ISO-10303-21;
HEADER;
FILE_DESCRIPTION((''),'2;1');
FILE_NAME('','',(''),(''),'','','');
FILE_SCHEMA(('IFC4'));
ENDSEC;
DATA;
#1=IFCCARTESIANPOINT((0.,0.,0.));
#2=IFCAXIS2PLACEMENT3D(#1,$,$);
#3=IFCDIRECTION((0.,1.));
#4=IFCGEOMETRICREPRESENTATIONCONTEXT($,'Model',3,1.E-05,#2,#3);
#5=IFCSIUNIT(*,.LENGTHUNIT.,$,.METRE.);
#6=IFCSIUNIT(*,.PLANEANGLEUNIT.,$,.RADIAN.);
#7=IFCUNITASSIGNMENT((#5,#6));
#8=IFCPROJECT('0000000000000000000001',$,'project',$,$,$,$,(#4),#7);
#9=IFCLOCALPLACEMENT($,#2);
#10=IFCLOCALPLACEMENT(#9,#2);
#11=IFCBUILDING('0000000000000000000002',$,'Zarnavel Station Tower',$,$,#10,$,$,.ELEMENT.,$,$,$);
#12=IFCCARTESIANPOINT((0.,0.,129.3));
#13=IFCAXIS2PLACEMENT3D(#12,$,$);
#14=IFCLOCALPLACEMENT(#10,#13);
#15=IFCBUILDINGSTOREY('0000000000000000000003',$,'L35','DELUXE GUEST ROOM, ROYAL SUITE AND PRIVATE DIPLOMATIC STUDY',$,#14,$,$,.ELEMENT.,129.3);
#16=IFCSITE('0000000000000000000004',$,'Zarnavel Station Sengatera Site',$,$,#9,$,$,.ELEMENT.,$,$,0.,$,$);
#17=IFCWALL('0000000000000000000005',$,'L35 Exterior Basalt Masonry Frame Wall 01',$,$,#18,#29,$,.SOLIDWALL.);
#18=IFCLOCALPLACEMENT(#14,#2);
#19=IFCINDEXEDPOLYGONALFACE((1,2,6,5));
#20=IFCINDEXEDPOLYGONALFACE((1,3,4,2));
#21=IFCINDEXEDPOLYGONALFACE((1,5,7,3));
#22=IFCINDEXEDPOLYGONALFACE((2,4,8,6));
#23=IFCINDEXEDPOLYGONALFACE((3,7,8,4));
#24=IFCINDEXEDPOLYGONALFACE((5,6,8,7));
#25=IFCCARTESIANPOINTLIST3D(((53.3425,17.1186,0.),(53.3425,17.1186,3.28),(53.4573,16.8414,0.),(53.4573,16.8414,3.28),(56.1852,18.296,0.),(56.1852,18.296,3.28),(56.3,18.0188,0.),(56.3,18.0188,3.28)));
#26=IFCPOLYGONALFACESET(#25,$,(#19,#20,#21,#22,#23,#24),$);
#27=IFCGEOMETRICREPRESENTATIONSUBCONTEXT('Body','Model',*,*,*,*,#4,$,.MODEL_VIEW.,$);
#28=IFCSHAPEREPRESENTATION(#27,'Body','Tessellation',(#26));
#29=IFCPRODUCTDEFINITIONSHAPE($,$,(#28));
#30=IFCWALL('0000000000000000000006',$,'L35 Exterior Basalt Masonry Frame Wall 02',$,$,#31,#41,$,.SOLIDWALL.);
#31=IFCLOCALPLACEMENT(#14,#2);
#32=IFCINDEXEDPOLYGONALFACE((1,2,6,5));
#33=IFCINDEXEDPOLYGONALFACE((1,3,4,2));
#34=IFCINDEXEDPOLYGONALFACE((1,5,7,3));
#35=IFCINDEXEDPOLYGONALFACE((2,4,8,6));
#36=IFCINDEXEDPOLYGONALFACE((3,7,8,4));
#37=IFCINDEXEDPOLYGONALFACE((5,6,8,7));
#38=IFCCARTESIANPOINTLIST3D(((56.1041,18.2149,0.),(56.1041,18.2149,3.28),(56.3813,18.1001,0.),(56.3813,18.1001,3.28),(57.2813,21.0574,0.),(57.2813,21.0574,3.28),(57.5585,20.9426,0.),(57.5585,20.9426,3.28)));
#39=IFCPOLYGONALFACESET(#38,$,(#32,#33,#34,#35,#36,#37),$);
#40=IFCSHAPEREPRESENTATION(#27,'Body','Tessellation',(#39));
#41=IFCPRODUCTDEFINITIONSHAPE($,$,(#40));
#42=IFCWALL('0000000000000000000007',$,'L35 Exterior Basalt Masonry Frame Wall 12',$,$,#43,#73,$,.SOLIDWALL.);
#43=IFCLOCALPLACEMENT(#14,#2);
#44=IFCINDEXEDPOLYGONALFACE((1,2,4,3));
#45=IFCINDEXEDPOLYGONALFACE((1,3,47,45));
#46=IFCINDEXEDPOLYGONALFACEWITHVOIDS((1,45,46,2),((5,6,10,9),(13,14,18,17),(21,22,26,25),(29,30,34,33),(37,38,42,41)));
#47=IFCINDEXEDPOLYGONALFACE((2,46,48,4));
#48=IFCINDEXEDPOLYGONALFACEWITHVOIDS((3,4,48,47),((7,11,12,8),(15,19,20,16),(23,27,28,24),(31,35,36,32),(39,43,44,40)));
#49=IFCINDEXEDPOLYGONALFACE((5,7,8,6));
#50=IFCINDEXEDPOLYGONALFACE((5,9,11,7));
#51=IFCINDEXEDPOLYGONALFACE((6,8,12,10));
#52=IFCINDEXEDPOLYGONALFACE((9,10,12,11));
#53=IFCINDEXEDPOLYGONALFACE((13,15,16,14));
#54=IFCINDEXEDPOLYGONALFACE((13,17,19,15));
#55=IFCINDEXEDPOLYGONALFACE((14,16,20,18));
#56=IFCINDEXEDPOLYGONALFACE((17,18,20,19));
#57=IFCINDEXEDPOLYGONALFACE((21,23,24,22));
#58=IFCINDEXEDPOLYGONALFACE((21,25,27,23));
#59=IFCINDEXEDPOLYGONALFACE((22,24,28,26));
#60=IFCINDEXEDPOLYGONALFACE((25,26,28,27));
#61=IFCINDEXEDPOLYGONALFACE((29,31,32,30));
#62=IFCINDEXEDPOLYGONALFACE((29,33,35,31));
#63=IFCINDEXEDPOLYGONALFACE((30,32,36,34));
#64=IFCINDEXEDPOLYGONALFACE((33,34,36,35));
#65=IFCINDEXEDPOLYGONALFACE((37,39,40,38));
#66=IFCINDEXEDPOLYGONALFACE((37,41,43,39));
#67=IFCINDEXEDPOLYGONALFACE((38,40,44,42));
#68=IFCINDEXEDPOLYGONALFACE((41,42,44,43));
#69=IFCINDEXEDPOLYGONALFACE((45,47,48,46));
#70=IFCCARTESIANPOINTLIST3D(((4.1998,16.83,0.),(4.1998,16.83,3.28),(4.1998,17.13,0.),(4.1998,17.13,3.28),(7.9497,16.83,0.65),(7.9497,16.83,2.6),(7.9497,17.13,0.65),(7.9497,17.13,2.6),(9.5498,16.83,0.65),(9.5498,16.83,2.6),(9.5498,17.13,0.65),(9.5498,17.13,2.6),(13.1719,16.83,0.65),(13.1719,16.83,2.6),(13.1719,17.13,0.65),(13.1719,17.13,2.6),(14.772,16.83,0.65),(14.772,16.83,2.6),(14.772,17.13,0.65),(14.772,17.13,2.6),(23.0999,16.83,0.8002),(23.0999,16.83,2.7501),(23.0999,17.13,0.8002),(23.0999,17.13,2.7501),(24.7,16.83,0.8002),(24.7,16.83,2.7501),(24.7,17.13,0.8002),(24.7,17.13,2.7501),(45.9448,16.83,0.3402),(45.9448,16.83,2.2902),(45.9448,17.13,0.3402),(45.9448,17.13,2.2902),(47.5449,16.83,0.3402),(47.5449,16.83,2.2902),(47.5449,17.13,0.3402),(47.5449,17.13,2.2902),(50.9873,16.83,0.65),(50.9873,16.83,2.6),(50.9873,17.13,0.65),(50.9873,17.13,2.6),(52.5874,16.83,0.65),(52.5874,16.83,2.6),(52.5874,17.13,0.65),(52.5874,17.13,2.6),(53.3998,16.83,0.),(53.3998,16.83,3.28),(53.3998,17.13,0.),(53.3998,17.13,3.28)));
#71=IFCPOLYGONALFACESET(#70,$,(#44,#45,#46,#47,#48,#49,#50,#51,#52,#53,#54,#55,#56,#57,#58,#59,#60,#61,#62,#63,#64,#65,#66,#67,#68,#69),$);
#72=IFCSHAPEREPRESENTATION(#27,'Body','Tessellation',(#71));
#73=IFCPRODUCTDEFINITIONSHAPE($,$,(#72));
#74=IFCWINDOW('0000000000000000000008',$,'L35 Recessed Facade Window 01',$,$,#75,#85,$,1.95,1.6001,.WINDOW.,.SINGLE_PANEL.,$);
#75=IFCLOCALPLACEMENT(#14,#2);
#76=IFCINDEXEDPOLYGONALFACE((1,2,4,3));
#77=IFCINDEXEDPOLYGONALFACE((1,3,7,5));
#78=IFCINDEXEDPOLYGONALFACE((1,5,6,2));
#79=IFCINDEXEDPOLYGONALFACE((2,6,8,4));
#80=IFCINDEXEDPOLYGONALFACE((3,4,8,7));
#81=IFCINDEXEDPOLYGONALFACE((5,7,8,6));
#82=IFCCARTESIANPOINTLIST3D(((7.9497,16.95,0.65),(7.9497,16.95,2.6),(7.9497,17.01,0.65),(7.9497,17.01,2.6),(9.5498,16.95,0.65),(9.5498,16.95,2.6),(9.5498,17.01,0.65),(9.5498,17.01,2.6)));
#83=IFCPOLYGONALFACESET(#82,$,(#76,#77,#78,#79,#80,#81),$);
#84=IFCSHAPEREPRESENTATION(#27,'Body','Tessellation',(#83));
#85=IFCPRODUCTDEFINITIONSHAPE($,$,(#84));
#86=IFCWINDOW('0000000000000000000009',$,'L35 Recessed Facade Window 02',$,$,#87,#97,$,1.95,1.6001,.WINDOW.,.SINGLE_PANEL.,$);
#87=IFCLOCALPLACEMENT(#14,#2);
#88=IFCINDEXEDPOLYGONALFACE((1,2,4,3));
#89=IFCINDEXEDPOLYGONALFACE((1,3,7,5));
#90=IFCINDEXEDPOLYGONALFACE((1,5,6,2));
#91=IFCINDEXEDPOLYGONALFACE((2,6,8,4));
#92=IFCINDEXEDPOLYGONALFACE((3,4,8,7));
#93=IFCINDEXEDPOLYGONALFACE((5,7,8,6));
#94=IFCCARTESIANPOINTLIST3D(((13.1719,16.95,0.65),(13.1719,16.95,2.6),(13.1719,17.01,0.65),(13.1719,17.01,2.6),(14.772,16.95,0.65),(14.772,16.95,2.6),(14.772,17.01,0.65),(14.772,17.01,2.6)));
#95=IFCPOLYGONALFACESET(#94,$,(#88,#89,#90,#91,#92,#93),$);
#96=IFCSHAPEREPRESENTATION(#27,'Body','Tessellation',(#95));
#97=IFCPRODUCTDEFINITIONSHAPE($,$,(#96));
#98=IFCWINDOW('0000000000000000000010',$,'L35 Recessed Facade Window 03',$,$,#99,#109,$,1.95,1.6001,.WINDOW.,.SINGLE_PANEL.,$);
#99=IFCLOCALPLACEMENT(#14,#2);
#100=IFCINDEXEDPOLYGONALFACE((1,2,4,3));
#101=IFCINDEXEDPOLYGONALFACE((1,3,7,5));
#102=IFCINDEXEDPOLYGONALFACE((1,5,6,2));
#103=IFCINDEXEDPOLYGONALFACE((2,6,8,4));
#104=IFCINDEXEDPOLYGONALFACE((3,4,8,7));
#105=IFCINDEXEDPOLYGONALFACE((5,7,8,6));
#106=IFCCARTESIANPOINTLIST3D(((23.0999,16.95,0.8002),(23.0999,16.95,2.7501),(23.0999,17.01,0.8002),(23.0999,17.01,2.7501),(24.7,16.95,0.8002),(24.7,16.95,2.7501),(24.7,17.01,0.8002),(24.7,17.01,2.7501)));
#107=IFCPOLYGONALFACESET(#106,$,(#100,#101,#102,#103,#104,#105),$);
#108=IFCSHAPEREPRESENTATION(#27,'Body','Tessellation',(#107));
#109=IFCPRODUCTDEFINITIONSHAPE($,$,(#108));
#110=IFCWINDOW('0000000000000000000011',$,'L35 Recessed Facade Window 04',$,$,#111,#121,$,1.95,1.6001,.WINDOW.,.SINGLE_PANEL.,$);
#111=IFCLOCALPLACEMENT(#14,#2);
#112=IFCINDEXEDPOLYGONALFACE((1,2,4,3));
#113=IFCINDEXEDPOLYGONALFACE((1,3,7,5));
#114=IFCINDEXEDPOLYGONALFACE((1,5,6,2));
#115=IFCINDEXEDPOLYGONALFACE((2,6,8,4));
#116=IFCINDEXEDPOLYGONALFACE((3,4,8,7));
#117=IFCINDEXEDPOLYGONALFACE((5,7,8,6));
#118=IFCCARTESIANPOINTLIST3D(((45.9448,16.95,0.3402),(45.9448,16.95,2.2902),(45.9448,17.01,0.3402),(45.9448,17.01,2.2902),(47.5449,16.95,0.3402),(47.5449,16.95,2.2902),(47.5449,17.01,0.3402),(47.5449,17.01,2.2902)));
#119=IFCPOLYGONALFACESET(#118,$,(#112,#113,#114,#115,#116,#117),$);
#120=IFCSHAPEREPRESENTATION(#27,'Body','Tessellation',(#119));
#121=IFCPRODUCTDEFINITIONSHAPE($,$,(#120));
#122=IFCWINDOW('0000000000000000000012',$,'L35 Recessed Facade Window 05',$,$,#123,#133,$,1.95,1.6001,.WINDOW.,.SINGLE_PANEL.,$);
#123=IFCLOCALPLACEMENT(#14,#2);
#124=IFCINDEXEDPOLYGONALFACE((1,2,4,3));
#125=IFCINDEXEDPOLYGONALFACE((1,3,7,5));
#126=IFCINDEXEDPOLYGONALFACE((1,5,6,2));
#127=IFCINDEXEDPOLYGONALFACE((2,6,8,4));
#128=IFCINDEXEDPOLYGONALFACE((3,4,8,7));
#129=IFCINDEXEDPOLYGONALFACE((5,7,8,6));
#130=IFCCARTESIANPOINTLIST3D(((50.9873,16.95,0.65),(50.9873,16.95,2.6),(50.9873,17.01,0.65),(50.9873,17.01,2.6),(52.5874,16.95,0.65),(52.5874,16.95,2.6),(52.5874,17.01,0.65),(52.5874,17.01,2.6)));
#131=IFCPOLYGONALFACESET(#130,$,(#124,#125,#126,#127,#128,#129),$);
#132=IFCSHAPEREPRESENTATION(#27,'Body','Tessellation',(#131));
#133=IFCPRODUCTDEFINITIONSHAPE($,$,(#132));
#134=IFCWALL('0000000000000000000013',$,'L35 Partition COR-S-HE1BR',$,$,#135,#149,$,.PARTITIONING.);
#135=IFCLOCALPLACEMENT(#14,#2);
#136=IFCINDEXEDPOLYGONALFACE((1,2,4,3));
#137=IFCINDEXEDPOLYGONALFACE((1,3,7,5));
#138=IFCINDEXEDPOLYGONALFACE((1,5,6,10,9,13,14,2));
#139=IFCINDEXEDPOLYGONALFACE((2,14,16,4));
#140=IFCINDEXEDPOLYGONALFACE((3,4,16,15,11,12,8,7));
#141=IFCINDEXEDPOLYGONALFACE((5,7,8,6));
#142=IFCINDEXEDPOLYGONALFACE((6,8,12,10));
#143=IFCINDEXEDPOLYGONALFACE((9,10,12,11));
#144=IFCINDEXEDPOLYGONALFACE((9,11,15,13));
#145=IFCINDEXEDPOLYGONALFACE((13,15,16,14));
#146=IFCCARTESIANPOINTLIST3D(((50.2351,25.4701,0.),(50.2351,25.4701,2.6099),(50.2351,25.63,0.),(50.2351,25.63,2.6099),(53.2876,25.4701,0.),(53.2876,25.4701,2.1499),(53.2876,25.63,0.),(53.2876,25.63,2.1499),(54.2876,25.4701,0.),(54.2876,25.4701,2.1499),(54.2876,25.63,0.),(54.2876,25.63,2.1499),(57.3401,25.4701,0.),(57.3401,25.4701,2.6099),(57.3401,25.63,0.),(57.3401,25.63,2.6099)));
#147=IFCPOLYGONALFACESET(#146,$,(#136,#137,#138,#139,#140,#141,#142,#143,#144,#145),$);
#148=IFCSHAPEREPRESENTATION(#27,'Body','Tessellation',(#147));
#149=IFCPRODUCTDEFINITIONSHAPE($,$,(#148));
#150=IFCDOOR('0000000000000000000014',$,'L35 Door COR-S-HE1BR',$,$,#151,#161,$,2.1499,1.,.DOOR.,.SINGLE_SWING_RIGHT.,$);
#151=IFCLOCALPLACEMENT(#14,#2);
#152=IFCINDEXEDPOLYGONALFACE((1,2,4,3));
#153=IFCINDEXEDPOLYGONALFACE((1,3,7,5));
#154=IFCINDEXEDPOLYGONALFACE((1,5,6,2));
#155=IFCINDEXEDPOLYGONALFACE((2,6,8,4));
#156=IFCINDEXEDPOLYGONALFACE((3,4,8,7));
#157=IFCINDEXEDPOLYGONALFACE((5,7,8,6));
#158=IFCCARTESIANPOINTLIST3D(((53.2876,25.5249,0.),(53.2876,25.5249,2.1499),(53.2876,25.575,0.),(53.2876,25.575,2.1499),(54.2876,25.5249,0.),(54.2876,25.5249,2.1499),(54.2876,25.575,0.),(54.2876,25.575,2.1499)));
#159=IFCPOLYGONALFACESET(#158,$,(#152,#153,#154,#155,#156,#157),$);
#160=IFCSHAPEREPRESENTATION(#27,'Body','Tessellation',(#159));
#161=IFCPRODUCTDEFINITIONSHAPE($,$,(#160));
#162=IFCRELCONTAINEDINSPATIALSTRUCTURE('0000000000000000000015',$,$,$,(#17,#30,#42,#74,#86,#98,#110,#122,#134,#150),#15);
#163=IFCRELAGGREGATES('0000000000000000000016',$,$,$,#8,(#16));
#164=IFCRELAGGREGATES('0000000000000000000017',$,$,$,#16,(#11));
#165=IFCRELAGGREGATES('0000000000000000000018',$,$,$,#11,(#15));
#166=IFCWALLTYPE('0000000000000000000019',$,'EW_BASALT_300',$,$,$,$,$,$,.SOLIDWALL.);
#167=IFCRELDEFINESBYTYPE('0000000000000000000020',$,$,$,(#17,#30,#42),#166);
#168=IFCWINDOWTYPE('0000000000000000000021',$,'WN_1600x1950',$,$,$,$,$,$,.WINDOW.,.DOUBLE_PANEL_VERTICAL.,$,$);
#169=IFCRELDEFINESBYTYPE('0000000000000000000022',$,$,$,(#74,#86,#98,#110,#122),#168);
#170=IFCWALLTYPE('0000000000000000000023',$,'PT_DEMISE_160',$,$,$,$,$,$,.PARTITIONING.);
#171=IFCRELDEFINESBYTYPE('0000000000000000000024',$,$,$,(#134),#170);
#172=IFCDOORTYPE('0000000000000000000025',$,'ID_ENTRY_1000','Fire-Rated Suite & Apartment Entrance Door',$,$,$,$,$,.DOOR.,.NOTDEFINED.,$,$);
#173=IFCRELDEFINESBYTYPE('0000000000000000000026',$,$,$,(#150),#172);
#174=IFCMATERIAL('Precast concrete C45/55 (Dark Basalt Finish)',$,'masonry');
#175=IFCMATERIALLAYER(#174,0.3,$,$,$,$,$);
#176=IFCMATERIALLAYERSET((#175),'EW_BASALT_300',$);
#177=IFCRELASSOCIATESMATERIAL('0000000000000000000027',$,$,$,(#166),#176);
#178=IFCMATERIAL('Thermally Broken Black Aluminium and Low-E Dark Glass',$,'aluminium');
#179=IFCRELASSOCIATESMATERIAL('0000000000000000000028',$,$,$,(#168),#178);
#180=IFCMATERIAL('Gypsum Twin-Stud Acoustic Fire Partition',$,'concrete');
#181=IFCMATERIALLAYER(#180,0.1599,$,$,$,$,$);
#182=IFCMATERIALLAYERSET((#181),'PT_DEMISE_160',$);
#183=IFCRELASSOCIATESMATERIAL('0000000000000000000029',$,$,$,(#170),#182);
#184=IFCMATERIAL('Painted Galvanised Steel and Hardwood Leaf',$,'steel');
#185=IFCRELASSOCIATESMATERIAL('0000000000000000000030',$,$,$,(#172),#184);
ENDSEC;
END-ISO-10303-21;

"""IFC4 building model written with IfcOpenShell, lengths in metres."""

from ifc_helpers import new_model, si_unit, direction, frame, frame_2d, origin, place, context, subcontext, project, spatial, rectangle, extrude, material, layer, layer_set, type_object, element, fill, save


model = new_model("IFC4")

# Units and contexts
model_context = context("Model", 3, precision=1e-05, world=origin(), true_north=direction((0.0, 1.0)))
body_context = subcontext(model_context, "Body", "Model", "MODEL_VIEW")
ifc_project = project(units=[si_unit("LENGTHUNIT", "METRE"), si_unit("PLANEANGLEUNIT", "RADIAN")], contexts=[model_context])

# Site, building, storey
site_placement = place(None, origin())
site = spatial("IfcSite", under=ifc_project, at=site_placement, Name="Zarnavel Station Sengatera Site", CompositionType="ELEMENT", RefElevation=0.0)
building_placement = place(site_placement, origin())
building = spatial("IfcBuilding", under=site, at=building_placement, Name="Zarnavel Station Tower", CompositionType="ELEMENT")
storey_placement = place(building_placement, frame((0.0, 0.0, 129.3)))
storey = spatial("IfcBuildingStorey", under=building, at=storey_placement, Name="L35", Description="DELUXE GUEST ROOM, ROYAL SUITE AND PRIVATE DIPLOMATIC STUDY", CompositionType="ELEMENT", Elevation=129.3)

# Walls
ifc_material_1 = material(Name="Precast concrete C45/55 (Dark Basalt Finish)", Category="masonry")
ifc_layer_1 = layer(ifc_material_1, 0.3)
ifc_layer_set_1 = layer_set([ifc_layer_1], Name="EW_BASALT_300")
wall_type_1 = type_object("IfcWallType", Name="EW_BASALT_300", PredefinedType="SOLIDWALL", material=ifc_layer_set_1)
wall_1_placement = place(storey_placement, frame((56.2427, 18.1575, 0.0), z_axis=(0.0, 0.0, 1.0), x_axis=(-0.923882, -0.382676, 0.0)))
element("IfcWall", 1, at=wall_1_placement, inside=storey, type_object=wall_type_1, Name="L35 Exterior Basalt Masonry Frame Wall 01", PredefinedType="SOLIDWALL", context=body_context, shape_type="SweptSolid", body=[
    extrude(rectangle(XDim=3.0769, YDim=0.3, at=frame_2d((1.5386, 0.0))), origin(), (0.0, 0.0, 1.0), 3.28),
])
wall_2_placement = place(storey_placement, frame((57.4199, 21.0, 0.0), z_axis=(0.0, 0.0, 1.0), x_axis=(-0.382637, -0.923899, 0.0)))
element("IfcWall", 2, at=wall_2_placement, inside=storey, type_object=wall_type_1, Name="L35 Exterior Basalt Masonry Frame Wall 02", PredefinedType="SOLIDWALL", context=body_context, shape_type="SweptSolid", body=[
    extrude(rectangle(XDim=3.0767, YDim=0.3, at=frame_2d((1.5383, 0.0))), origin(), (0.0, 0.0, 1.0), 3.28),
])

# Wall, openings, windows
wall_3_placement = place(storey_placement, frame((53.3999, 16.98, 0.0), z_axis=(0.0, 0.0, 1.0), x_axis=(-1.0, 0.0, 0.0)))
wall_3 = element("IfcWall", 3, at=wall_3_placement, inside=storey, type_object=wall_type_1, Name="L35 Exterior Basalt Masonry Frame Wall 12", PredefinedType="SOLIDWALL", context=body_context, shape_type="SweptSolid", body=[
    extrude(rectangle(XDim=49.2, YDim=0.3, at=frame_2d((24.6001, 0.0))), origin(), (0.0, 0.0, 1.0), 3.28),
])
opening_1_placement = place(wall_3_placement, frame((43.8501, 0.0, 0.6499)))
opening_1 = element("IfcOpeningElement", 4, at=opening_1_placement, cuts=wall_3, PredefinedType="OPENING", context=body_context, shape_type="SweptSolid", body=[
    extrude(rectangle(XDim=1.6001, YDim=1.95, at=frame_2d((0.8, 0.9751))), frame((0.0, 0.1599, 0.0), z_axis=(0.0, -1.0, 0.0), x_axis=(1.0, 0.0, 0.0)), (0.0, 0.0, 1.0), 0.3201),
])
opening_2_placement = place(wall_3_placement, frame((38.6279, 0.0, 0.6499)))
opening_2 = element("IfcOpeningElement", 5, at=opening_2_placement, cuts=wall_3, PredefinedType="OPENING", context=body_context, shape_type="SweptSolid", body=[
    extrude(rectangle(XDim=1.6001, YDim=1.95, at=frame_2d((0.8, 0.9751))), frame((0.0, 0.1599, 0.0), z_axis=(0.0, -1.0, 0.0), x_axis=(1.0, 0.0, 0.0)), (0.0, 0.0, 1.0), 0.3201),
])
opening_3_placement = place(wall_3_placement, frame((28.7, 0.0, 0.8)))
opening_3 = element("IfcOpeningElement", 6, at=opening_3_placement, cuts=wall_3, PredefinedType="OPENING", context=body_context, shape_type="SweptSolid", body=[
    extrude(rectangle(XDim=1.6001, YDim=1.95, at=frame_2d((0.8, 0.9751))), frame((0.0, 0.1599, 0.0), z_axis=(0.0, -1.0, 0.0), x_axis=(1.0, 0.0, 0.0)), (0.0, 0.0, 1.0), 0.3201),
])
opening_4_placement = place(wall_3_placement, frame((5.855, 0.0, 0.3401)))
opening_4 = element("IfcOpeningElement", 7, at=opening_4_placement, cuts=wall_3, PredefinedType="OPENING", context=body_context, shape_type="SweptSolid", body=[
    extrude(rectangle(XDim=1.6001, YDim=1.95, at=frame_2d((0.8, 0.9751))), frame((0.0, 0.1599, 0.0), z_axis=(0.0, -1.0, 0.0), x_axis=(1.0, 0.0, 0.0)), (0.0, 0.0, 1.0), 0.3201),
])
opening_5_placement = place(wall_3_placement, frame((0.8125, 0.0, 0.6499)))
opening_5 = element("IfcOpeningElement", 8, at=opening_5_placement, cuts=wall_3, PredefinedType="OPENING", context=body_context, shape_type="SweptSolid", body=[
    extrude(rectangle(XDim=1.6001, YDim=1.95, at=frame_2d((0.8, 0.9751))), frame((0.0, 0.1599, 0.0), z_axis=(0.0, -1.0, 0.0), x_axis=(1.0, 0.0, 0.0)), (0.0, 0.0, 1.0), 0.3201),
])
ifc_material_2 = material(Name="Thermally Broken Black Aluminium and Low-E Dark Glass", Category="aluminium")
window_type = type_object("IfcWindowType", Name="WN_1600x1950", PartitioningType="DOUBLE_PANEL_VERTICAL", PredefinedType="WINDOW", material=ifc_material_2)
window_1_placement = place(opening_1_placement, origin())
window_1 = element("IfcWindow", 9, at=window_1_placement, inside=storey, type_object=window_type, Name="L35 Recessed Facade Window 01", OverallHeight=1.95, OverallWidth=1.6001, PartitioningType="SINGLE_PANEL", PredefinedType="WINDOW", context=body_context, shape_type="SweptSolid", body=[
    extrude(rectangle(XDim=1.6001, YDim=1.95, at=frame_2d((0.8, 0.9751))), frame((0.0, 0.03, 0.0), z_axis=(0.0, -1.0, 0.0), x_axis=(1.0, 0.0, 0.0)), (0.0, 0.0, 1.0), 0.0601),
])
fill(opening_1, window_1)
window_2_placement = place(opening_2_placement, origin())
window_2 = element("IfcWindow", 10, at=window_2_placement, inside=storey, type_object=window_type, Name="L35 Recessed Facade Window 02", OverallHeight=1.95, OverallWidth=1.6001, PartitioningType="SINGLE_PANEL", PredefinedType="WINDOW", context=body_context, shape_type="SweptSolid", body=[
    extrude(rectangle(XDim=1.6001, YDim=1.95, at=frame_2d((0.8, 0.9751))), frame((0.0, 0.03, 0.0), z_axis=(0.0, -1.0, 0.0), x_axis=(1.0, 0.0, 0.0)), (0.0, 0.0, 1.0), 0.0601),
])
fill(opening_2, window_2)
window_3_placement = place(opening_3_placement, origin())
window_3 = element("IfcWindow", 11, at=window_3_placement, inside=storey, type_object=window_type, Name="L35 Recessed Facade Window 03", OverallHeight=1.95, OverallWidth=1.6001, PartitioningType="SINGLE_PANEL", PredefinedType="WINDOW", context=body_context, shape_type="SweptSolid", body=[
    extrude(rectangle(XDim=1.6001, YDim=1.95, at=frame_2d((0.8, 0.9751))), frame((0.0, 0.03, 0.0), z_axis=(0.0, -1.0, 0.0), x_axis=(1.0, 0.0, 0.0)), (0.0, 0.0, 1.0), 0.0601),
])
fill(opening_3, window_3)
window_4_placement = place(opening_4_placement, origin())
window_4 = element("IfcWindow", 12, at=window_4_placement, inside=storey, type_object=window_type, Name="L35 Recessed Facade Window 04", OverallHeight=1.95, OverallWidth=1.6001, PartitioningType="SINGLE_PANEL", PredefinedType="WINDOW", context=body_context, shape_type="SweptSolid", body=[
    extrude(rectangle(XDim=1.6001, YDim=1.95, at=frame_2d((0.8, 0.9751))), frame((0.0, 0.03, 0.0), z_axis=(0.0, -1.0, 0.0), x_axis=(1.0, 0.0, 0.0)), (0.0, 0.0, 1.0), 0.0601),
])
fill(opening_4, window_4)
window_5_placement = place(opening_5_placement, origin())
window_5 = element("IfcWindow", 13, at=window_5_placement, inside=storey, type_object=window_type, Name="L35 Recessed Facade Window 05", OverallHeight=1.95, OverallWidth=1.6001, PartitioningType="SINGLE_PANEL", PredefinedType="WINDOW", context=body_context, shape_type="SweptSolid", body=[
    extrude(rectangle(XDim=1.6001, YDim=1.95, at=frame_2d((0.8, 0.9751))), frame((0.0, 0.03, 0.0), z_axis=(0.0, -1.0, 0.0), x_axis=(1.0, 0.0, 0.0)), (0.0, 0.0, 1.0), 0.0601),
])
fill(opening_5, window_5)

# Wall, opening, door
ifc_material_3 = material(Name="Gypsum Twin-Stud Acoustic Fire Partition", Category="concrete")
ifc_layer_2 = layer(ifc_material_3, 0.1599)
ifc_layer_set_2 = layer_set([ifc_layer_2], Name="PT_DEMISE_160")
wall_type_2 = type_object("IfcWallType", Name="PT_DEMISE_160", PredefinedType="PARTITIONING", material=ifc_layer_set_2)
wall_4_placement = place(storey_placement, frame((50.2351, 25.55, 0.0), z_axis=(0.0, 0.0, 1.0), x_axis=(1.0, 0.0, 0.0)))
wall_4 = element("IfcWall", 14, at=wall_4_placement, inside=storey, type_object=wall_type_2, Name="L35 Partition COR-S-HE1BR", PredefinedType="PARTITIONING", context=body_context, shape_type="SweptSolid", body=[
    extrude(rectangle(XDim=7.105, YDim=0.1599, at=frame_2d((3.5525, 0.0))), origin(), (0.0, 0.0, 1.0), 2.6099),
])
opening_6_placement = place(wall_4_placement, frame((3.0525, 0.0, 0.0)))
opening_6 = element("IfcOpeningElement", 15, at=opening_6_placement, cuts=wall_4, PredefinedType="OPENING", context=body_context, shape_type="SweptSolid", body=[
    extrude(rectangle(XDim=1.0, YDim=2.1499, at=frame_2d((0.5, 1.075))), frame((0.0, 0.0898, 0.0), z_axis=(0.0, -1.0, 0.0), x_axis=(1.0, 0.0, 0.0)), (0.0, 0.0, 1.0), 0.1799),
])
ifc_material_4 = material(Name="Painted Galvanised Steel and Hardwood Leaf", Category="steel")
door_type_1 = type_object("IfcDoorType", Name="ID_ENTRY_1000", Description="Fire-Rated Suite & Apartment Entrance Door", OperationType="NOTDEFINED", PredefinedType="DOOR", material=ifc_material_4)
door_1_placement = place(opening_6_placement, origin())
door_1 = element("IfcDoor", 16, at=door_1_placement, inside=storey, type_object=door_type_1, Name="L35 Door COR-S-HE1BR", OperationType="SINGLE_SWING_RIGHT", OverallHeight=2.1499, OverallWidth=1.0, PredefinedType="DOOR", context=body_context, shape_type="SweptSolid", body=[
    extrude(rectangle(XDim=1.0, YDim=2.1499, at=frame_2d((0.5, 1.075))), frame((0.0, 0.0249, 0.0), z_axis=(0.0, -1.0, 0.0), x_axis=(1.0, 0.0, 0.0)), (0.0, 0.0, 1.0), 0.05),
])
fill(opening_6, door_1)

save(model, "model.ifc")
